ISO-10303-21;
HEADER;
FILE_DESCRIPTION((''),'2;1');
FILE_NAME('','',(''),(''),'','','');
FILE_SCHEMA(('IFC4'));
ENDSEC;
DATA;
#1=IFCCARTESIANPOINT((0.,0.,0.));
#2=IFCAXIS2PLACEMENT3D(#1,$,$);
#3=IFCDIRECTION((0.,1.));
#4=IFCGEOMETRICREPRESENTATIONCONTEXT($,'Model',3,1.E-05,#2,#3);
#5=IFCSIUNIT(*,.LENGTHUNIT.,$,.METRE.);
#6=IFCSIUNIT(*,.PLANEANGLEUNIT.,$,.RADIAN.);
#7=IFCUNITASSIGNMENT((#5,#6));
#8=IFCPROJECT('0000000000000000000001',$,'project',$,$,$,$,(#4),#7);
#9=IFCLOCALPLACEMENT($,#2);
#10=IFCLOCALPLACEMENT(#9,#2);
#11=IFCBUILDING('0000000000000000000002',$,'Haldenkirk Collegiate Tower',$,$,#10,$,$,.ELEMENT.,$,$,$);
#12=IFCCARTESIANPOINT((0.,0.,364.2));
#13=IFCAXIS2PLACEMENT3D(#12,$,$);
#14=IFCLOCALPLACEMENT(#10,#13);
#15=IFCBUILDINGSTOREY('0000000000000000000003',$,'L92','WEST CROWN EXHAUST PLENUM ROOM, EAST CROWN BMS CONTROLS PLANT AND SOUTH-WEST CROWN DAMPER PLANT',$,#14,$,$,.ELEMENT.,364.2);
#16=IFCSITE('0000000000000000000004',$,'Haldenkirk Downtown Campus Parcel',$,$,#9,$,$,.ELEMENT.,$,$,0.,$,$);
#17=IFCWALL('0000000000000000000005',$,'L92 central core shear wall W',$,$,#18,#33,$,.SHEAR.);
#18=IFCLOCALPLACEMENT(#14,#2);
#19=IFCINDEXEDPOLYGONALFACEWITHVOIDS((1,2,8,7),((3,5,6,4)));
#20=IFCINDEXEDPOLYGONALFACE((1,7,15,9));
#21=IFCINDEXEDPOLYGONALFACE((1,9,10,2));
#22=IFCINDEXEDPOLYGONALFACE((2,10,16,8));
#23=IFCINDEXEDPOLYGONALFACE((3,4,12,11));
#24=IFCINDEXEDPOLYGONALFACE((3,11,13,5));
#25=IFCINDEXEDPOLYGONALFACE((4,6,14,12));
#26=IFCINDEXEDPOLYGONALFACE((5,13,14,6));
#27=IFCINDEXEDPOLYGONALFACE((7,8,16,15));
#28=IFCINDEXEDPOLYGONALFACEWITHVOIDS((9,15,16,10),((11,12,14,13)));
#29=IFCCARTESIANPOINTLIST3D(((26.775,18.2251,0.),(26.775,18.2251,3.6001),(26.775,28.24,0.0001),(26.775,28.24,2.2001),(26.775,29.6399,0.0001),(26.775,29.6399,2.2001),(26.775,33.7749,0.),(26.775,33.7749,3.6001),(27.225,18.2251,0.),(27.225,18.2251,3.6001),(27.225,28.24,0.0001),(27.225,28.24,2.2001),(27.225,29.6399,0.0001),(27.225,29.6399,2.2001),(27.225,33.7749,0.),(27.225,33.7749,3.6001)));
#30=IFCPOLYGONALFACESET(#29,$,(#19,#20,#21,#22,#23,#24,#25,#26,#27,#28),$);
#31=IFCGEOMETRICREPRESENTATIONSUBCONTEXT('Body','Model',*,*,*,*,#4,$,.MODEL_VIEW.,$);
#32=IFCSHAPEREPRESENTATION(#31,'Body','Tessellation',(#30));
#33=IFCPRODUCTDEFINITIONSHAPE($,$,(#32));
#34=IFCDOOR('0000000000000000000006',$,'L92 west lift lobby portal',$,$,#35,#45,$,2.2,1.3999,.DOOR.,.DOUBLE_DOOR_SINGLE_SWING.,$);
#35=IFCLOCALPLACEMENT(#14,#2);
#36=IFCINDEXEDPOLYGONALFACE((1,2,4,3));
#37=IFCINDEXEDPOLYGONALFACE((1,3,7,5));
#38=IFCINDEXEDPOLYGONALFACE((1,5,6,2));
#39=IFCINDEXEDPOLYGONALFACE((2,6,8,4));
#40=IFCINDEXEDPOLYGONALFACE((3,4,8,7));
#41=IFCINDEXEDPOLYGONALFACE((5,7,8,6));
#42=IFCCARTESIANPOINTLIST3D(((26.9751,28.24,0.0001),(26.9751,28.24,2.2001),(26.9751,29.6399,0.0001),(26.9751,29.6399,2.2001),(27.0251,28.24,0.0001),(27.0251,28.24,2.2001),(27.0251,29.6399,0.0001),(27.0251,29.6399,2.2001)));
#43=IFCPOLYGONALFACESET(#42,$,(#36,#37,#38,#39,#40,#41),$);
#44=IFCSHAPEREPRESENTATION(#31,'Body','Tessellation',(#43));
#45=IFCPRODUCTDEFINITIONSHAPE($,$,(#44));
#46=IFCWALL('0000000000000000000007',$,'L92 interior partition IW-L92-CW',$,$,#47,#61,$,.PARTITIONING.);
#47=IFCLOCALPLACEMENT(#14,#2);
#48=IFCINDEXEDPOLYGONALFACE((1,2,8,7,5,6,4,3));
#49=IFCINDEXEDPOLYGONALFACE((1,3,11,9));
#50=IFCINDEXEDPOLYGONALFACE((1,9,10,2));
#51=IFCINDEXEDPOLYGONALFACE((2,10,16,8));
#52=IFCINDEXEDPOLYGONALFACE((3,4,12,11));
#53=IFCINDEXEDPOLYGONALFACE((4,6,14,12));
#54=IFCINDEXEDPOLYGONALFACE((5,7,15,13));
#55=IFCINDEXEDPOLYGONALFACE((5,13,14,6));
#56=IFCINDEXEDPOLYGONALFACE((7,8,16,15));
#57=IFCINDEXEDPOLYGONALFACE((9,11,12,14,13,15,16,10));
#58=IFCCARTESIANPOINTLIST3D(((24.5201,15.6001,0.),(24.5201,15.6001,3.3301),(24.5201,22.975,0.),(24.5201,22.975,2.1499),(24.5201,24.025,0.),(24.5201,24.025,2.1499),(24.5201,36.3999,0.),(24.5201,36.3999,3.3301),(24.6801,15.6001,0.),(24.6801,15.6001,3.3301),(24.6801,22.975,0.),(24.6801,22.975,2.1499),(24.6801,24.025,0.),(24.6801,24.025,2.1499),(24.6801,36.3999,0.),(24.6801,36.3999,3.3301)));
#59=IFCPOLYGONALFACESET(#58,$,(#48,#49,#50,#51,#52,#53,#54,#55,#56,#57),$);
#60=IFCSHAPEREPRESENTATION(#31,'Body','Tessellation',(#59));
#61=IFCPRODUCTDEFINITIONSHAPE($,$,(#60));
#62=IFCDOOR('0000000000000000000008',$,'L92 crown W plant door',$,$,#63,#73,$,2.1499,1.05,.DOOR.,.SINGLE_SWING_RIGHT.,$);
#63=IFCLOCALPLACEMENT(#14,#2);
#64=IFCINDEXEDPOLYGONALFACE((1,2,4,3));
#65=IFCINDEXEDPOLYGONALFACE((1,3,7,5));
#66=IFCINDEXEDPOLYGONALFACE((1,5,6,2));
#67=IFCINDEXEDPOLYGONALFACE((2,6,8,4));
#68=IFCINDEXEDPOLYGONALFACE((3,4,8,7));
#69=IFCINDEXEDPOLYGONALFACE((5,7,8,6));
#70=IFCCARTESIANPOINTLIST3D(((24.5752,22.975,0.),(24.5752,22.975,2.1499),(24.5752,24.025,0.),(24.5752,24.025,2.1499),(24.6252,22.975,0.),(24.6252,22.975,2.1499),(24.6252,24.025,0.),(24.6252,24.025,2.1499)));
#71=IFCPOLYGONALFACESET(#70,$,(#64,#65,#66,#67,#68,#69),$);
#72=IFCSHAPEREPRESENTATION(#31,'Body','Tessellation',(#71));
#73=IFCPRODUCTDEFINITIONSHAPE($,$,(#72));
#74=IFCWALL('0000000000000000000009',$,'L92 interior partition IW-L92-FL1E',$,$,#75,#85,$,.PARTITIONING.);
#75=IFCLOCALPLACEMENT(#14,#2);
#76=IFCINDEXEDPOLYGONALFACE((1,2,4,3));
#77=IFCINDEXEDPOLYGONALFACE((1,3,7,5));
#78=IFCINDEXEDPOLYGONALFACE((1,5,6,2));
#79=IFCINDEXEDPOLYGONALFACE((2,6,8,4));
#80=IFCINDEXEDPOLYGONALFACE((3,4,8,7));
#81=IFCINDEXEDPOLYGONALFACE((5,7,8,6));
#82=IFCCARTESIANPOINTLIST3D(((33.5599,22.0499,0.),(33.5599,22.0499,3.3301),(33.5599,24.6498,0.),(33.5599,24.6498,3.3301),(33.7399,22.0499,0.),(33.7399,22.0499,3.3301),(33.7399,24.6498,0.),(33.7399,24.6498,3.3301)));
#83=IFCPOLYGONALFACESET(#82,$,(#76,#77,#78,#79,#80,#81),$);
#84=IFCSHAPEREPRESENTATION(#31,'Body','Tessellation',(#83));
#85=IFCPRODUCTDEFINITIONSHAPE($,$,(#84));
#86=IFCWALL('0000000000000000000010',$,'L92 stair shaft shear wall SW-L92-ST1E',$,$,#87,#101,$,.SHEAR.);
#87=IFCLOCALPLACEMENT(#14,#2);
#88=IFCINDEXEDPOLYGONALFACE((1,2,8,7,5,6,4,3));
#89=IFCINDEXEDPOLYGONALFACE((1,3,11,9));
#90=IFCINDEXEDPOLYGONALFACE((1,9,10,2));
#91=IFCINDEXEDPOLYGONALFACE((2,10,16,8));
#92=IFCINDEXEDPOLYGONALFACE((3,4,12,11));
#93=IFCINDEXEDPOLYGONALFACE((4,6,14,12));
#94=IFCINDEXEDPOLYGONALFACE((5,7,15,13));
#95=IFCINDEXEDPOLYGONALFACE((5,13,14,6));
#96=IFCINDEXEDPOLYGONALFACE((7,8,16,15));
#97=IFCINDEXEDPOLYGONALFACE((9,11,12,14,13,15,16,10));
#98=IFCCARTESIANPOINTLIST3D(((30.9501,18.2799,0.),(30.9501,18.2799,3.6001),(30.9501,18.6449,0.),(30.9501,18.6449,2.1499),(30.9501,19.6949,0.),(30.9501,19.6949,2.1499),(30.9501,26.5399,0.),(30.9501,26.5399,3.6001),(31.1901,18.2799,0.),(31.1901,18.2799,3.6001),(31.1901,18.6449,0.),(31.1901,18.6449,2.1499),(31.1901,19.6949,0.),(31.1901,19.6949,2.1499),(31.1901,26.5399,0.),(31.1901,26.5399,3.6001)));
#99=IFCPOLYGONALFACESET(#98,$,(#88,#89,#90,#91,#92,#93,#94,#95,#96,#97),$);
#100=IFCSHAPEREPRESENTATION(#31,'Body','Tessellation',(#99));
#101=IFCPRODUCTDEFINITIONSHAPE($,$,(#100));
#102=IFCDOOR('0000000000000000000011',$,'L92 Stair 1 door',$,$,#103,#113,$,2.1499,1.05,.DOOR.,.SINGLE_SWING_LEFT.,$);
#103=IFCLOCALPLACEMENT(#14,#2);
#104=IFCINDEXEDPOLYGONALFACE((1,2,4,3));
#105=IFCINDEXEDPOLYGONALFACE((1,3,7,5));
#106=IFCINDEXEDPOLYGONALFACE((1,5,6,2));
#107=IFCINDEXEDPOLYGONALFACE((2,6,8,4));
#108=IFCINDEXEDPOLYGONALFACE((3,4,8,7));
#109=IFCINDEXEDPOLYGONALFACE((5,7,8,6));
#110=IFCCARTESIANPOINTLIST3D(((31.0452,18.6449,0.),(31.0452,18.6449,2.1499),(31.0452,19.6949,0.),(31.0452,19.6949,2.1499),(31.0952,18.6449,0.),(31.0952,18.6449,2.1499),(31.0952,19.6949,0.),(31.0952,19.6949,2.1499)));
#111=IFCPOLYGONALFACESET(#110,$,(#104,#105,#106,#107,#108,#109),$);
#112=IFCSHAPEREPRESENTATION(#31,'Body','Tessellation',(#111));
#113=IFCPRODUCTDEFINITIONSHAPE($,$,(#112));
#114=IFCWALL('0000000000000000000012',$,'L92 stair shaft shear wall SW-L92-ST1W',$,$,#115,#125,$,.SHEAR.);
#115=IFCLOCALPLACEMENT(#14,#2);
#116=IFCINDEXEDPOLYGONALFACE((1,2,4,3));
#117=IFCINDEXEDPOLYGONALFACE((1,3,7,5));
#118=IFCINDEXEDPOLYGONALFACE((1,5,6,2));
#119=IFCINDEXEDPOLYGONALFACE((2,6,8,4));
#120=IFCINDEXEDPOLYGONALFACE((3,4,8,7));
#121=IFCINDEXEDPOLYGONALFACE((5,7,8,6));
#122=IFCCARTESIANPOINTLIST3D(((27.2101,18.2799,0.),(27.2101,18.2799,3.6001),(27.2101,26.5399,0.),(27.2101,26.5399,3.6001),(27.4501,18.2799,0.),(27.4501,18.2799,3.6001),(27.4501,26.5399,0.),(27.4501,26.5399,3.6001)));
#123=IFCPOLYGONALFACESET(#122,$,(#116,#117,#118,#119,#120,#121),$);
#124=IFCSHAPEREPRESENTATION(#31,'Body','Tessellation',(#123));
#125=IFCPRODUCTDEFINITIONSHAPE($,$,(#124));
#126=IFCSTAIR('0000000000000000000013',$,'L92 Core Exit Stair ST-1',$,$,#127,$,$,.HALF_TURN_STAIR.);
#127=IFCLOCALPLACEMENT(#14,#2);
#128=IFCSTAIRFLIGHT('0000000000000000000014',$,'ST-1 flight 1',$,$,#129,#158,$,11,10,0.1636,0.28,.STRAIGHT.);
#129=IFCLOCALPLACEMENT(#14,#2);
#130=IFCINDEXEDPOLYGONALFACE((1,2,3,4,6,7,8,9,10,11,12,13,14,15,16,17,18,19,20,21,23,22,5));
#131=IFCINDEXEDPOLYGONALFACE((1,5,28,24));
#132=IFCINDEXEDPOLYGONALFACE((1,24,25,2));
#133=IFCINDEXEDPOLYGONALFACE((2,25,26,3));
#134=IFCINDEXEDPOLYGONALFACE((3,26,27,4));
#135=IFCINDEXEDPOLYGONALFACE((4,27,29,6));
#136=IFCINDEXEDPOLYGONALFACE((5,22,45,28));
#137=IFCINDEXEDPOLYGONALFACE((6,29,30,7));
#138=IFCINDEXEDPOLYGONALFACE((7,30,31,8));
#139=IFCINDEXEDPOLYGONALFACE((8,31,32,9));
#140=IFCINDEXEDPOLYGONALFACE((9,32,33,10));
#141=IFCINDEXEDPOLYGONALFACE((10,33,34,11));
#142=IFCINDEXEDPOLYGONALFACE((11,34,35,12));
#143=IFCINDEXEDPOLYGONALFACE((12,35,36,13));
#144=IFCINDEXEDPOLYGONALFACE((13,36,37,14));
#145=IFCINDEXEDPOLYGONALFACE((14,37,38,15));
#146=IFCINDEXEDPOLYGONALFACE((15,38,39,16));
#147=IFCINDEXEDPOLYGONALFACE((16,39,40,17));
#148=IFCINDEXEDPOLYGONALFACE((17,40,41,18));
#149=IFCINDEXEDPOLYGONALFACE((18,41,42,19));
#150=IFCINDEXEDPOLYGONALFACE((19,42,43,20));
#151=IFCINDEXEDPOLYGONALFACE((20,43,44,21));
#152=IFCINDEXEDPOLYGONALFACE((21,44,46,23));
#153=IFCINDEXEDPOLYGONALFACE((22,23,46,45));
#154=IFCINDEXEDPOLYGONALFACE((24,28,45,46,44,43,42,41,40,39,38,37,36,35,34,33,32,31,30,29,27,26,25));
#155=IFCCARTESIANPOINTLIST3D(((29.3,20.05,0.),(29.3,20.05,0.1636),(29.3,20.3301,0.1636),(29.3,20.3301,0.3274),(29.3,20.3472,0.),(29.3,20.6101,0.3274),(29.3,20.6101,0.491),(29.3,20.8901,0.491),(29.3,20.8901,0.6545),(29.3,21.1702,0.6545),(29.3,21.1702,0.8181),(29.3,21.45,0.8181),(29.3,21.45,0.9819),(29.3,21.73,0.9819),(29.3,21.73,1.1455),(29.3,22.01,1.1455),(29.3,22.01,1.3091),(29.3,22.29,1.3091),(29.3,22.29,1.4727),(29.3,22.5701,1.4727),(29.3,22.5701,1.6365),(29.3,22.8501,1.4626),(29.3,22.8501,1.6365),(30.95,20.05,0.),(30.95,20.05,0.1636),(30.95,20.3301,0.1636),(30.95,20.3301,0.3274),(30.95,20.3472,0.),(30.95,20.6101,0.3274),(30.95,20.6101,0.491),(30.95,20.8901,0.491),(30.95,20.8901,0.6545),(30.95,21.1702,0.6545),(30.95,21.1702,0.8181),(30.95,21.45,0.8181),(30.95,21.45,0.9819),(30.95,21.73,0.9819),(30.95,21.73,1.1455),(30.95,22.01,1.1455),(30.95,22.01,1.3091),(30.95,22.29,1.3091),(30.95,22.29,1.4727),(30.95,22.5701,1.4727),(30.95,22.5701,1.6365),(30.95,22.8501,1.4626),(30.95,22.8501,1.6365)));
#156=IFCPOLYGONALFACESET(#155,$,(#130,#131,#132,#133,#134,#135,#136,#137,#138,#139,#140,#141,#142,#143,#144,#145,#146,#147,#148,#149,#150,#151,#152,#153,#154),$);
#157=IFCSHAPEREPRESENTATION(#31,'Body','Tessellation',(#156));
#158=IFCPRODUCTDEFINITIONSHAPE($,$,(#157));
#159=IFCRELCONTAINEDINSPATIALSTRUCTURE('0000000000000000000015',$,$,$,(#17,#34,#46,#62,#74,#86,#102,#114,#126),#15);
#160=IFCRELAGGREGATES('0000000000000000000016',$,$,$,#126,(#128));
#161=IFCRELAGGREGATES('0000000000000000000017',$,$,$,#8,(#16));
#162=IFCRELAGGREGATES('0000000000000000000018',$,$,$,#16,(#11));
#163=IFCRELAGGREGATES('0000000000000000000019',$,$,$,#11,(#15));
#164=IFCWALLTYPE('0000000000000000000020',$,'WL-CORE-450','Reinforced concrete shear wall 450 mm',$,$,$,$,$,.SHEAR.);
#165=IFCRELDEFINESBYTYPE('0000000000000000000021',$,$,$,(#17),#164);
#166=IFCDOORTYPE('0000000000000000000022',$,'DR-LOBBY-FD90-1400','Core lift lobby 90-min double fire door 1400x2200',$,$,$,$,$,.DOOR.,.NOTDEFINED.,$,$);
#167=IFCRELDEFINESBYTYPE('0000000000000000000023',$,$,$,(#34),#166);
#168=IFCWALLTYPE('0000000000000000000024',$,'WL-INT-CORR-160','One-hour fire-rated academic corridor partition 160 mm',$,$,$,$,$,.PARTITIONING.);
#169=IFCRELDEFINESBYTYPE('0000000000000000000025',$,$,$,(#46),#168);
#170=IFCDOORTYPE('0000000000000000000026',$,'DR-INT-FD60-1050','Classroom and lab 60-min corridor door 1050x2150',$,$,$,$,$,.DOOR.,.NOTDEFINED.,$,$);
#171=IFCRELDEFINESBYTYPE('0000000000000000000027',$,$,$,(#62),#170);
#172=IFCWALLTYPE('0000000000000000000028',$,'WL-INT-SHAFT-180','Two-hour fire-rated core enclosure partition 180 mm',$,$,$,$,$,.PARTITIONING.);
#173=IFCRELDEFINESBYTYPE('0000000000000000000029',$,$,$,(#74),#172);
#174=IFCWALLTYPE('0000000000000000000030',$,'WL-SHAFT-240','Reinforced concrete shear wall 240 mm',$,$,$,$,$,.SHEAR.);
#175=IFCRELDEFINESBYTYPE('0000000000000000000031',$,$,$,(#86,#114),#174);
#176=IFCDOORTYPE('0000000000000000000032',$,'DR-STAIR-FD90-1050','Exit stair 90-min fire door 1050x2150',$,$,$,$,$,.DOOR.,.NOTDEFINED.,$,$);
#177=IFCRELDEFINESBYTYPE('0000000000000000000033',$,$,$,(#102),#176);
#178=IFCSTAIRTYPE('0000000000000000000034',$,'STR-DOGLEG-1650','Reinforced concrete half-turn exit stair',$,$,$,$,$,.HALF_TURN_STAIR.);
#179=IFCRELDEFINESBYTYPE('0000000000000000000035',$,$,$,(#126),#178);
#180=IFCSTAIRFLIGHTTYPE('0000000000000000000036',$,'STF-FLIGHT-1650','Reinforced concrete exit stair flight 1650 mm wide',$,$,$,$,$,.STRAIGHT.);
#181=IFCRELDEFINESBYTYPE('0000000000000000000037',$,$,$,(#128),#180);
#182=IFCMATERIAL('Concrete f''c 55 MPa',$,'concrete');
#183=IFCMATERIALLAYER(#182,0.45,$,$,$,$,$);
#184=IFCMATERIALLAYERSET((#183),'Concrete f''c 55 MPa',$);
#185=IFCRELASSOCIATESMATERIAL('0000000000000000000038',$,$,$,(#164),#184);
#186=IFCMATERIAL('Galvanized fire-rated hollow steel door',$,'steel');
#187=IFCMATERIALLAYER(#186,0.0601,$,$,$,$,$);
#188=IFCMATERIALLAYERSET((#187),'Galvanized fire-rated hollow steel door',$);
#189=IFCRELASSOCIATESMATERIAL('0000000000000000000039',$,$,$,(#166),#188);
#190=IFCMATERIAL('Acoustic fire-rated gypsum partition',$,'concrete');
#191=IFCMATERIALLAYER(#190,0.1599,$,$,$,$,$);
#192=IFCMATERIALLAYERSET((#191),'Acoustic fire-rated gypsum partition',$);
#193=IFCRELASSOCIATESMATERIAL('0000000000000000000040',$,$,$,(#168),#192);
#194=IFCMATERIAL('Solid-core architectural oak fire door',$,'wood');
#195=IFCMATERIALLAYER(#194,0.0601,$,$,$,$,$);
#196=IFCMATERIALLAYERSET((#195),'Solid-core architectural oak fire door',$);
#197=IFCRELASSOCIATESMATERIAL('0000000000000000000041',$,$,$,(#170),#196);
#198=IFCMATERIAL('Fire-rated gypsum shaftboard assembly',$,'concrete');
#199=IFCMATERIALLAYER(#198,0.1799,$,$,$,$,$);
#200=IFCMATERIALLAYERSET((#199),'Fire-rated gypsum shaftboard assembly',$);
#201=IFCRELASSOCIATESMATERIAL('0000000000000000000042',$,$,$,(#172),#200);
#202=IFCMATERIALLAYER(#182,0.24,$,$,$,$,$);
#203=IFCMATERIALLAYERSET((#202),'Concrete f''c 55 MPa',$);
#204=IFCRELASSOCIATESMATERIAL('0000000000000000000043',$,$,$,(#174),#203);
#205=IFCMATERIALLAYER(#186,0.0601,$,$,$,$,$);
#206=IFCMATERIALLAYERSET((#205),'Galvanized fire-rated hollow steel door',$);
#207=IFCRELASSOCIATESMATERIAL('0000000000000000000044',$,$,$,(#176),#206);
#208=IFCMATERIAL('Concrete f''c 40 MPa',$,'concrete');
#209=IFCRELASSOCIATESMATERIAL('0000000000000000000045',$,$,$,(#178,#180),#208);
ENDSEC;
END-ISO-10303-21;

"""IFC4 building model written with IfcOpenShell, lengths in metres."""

from ifc_helpers import new_model, si_unit, direction, frame, frame_2d, origin, place, context, subcontext, project, spatial, polyline, rectangle, outline, extrude, material, layer, layer_set, type_object, element, fill, aggregate, save


model = new_model("IFC4")

# Units and contexts
model_context = context("Model", 3, precision=1e-05, world=origin(), true_north=direction((0.0, 1.0)))
body_context = subcontext(model_context, "Body", "Model", "MODEL_VIEW")
ifc_project = project(units=[si_unit("LENGTHUNIT", "METRE"), si_unit("PLANEANGLEUNIT", "RADIAN")], contexts=[model_context])

# Site, building, storey
site_placement = place(None, origin())
site = spatial("IfcSite", under=ifc_project, at=site_placement, Name="Haldenkirk Downtown Campus Parcel", CompositionType="ELEMENT", RefElevation=0.0)
building_placement = place(site_placement, origin())
building = spatial("IfcBuilding", under=site, at=building_placement, Name="Haldenkirk Collegiate Tower", CompositionType="ELEMENT")
storey_placement = place(building_placement, frame((0.0, 0.0, 364.2)))
storey = spatial("IfcBuildingStorey", under=building, at=storey_placement, Name="L92", Description="WEST CROWN EXHAUST PLENUM ROOM, EAST CROWN BMS CONTROLS PLANT AND SOUTH-WEST CROWN DAMPER PLANT", CompositionType="ELEMENT", Elevation=364.2)

# Shared definitions
ifc_material_1 = material(Name="Concrete f'c 55 MPa", Category="concrete")
ifc_layer_1 = layer(ifc_material_1, 0.45)
ifc_layer_set_1 = layer_set([ifc_layer_1], Name="Concrete f'c 55 MPa")
wall_type_1 = type_object("IfcWallType", Name="WL-CORE-450", Description="Reinforced concrete shear wall 450 mm", PredefinedType="SHEAR", material=ifc_layer_set_1)
ifc_material_2 = material(Name="Galvanized fire-rated hollow steel door", Category="steel")

# Walls, openings, doors
wall_1_placement = place(storey_placement, frame((27.0, 18.2251, 0.0), z_axis=(0.0, 0.0, 1.0), x_axis=(0.0, 1.0, 0.0)))
wall_1 = element("IfcWall", 1, at=wall_1_placement, inside=storey, type_object=wall_type_1, Name="L92 central core shear wall W", PredefinedType="SHEAR", context=body_context, shape_type="SweptSolid", body=[
    extrude(rectangle(XDim=15.5498, YDim=0.45, at=frame_2d((7.7749, 0.0))), origin(), (0.0, 0.0, 1.0), 3.6001),
])
opening_1_placement = place(wall_1_placement, frame((10.0149, 0.0, 0.0)))
opening_1 = element("IfcOpeningElement", 2, at=opening_1_placement, cuts=wall_1, PredefinedType="OPENING", context=body_context, shape_type="SweptSolid", body=[
    extrude(rectangle(XDim=1.3999, YDim=2.2, at=frame_2d((0.7, 1.1001))), frame((0.0, 0.2349, 0.0), z_axis=(0.0, -1.0, 0.0), x_axis=(1.0, 0.0, 0.0)), (0.0, 0.0, 1.0), 0.47),
])
ifc_layer_2 = layer(ifc_material_2, 0.0601)
ifc_layer_set_2 = layer_set([ifc_layer_2], Name="Galvanized fire-rated hollow steel door")
door_type_1 = type_object("IfcDoorType", Name="DR-LOBBY-FD90-1400", Description="Core lift lobby 90-min double fire door 1400x2200", OperationType="NOTDEFINED", PredefinedType="DOOR", material=ifc_layer_set_2)
door_1_placement = place(opening_1_placement, origin())
door_1 = element("IfcDoor", 3, at=door_1_placement, inside=storey, type_object=door_type_1, Name="L92 west lift lobby portal", OperationType="DOUBLE_DOOR_SINGLE_SWING", OverallHeight=2.2, OverallWidth=1.3999, PredefinedType="DOOR", context=body_context, shape_type="SweptSolid", body=[
    extrude(rectangle(XDim=1.3999, YDim=2.2, at=frame_2d((0.7, 1.1001))), frame((0.0, 0.0249, 0.0), z_axis=(0.0, -1.0, 0.0), x_axis=(1.0, 0.0, 0.0)), (0.0, 0.0, 1.0), 0.05),
])
fill(opening_1, door_1)
ifc_material_3 = material(Name="Acoustic fire-rated gypsum partition", Category="concrete")
ifc_layer_3 = layer(ifc_material_3, 0.1599)
ifc_layer_set_3 = layer_set([ifc_layer_3], Name="Acoustic fire-rated gypsum partition")
wall_type_2 = type_object("IfcWallType", Name="WL-INT-CORR-160", Description="One-hour fire-rated academic corridor partition 160 mm", PredefinedType="PARTITIONING", material=ifc_layer_set_3)
wall_2_placement = place(storey_placement, frame((24.6001, 15.6001, 0.0), z_axis=(0.0, 0.0, 1.0), x_axis=(0.0, 1.0, 0.0)))
wall_2 = element("IfcWall", 4, at=wall_2_placement, inside=storey, type_object=wall_type_2, Name="L92 interior partition IW-L92-CW", PredefinedType="PARTITIONING", context=body_context, shape_type="SweptSolid", body=[
    extrude(rectangle(XDim=20.7998, YDim=0.1599, at=frame_2d((10.3999, 0.0))), origin(), (0.0, 0.0, 1.0), 3.3301),
])
opening_2_placement = place(wall_2_placement, frame((7.375, 0.0, 0.0)))
opening_2 = element("IfcOpeningElement", 5, at=opening_2_placement, cuts=wall_2, PredefinedType="OPENING", context=body_context, shape_type="SweptSolid", body=[
    extrude(rectangle(XDim=1.05, YDim=2.1499, at=frame_2d((0.5249, 1.075))), frame((0.0, 0.0898, 0.0), z_axis=(0.0, -1.0, 0.0), x_axis=(1.0, 0.0, 0.0)), (0.0, 0.0, 1.0), 0.1799),
])
ifc_material_4 = material(Name="Solid-core architectural oak fire door", Category="wood")
ifc_layer_4 = layer(ifc_material_4, 0.0601)
ifc_layer_set_4 = layer_set([ifc_layer_4], Name="Solid-core architectural oak fire door")
door_type_2 = type_object("IfcDoorType", Name="DR-INT-FD60-1050", Description="Classroom and lab 60-min corridor door 1050x2150", OperationType="NOTDEFINED", PredefinedType="DOOR", material=ifc_layer_set_4)
door_2_placement = place(opening_2_placement, origin())
door_2 = element("IfcDoor", 6, at=door_2_placement, inside=storey, type_object=door_type_2, Name="L92 crown W plant door", OperationType="SINGLE_SWING_RIGHT", OverallHeight=2.1499, OverallWidth=1.05, PredefinedType="DOOR", context=body_context, shape_type="SweptSolid", body=[
    extrude(rectangle(XDim=1.05, YDim=2.1499, at=frame_2d((0.5249, 1.075))), frame((0.0, 0.0249, 0.0), z_axis=(0.0, -1.0, 0.0), x_axis=(1.0, 0.0, 0.0)), (0.0, 0.0, 1.0), 0.05),
])
fill(opening_2, door_2)

# Wall
ifc_material_5 = material(Name="Fire-rated gypsum shaftboard assembly", Category="concrete")
ifc_layer_5 = layer(ifc_material_5, 0.1799)
ifc_layer_set_5 = layer_set([ifc_layer_5], Name="Fire-rated gypsum shaftboard assembly")
wall_type_3 = type_object("IfcWallType", Name="WL-INT-SHAFT-180", Description="Two-hour fire-rated core enclosure partition 180 mm", PredefinedType="PARTITIONING", material=ifc_layer_set_5)
wall_3_placement = place(storey_placement, frame((33.6499, 22.05, 0.0), z_axis=(0.0, 0.0, 1.0), x_axis=(0.0, 1.0, 0.0)))
element("IfcWall", 7, at=wall_3_placement, inside=storey, type_object=wall_type_3, Name="L92 interior partition IW-L92-FL1E", PredefinedType="PARTITIONING", context=body_context, shape_type="SweptSolid", body=[
    extrude(rectangle(XDim=2.5999, YDim=0.1799, at=frame_2d((1.2998, 0.0))), origin(), (0.0, 0.0, 1.0), 3.3301),
])

# Wall, opening, door
ifc_layer_6 = layer(ifc_material_1, 0.24)
ifc_layer_set_6 = layer_set([ifc_layer_6], Name="Concrete f'c 55 MPa")
wall_type_4 = type_object("IfcWallType", Name="WL-SHAFT-240", Description="Reinforced concrete shear wall 240 mm", PredefinedType="SHEAR", material=ifc_layer_set_6)
wall_4_placement = place(storey_placement, frame((31.0701, 18.28, 0.0), z_axis=(0.0, 0.0, 1.0), x_axis=(0.0, 1.0, 0.0)))
wall_4 = element("IfcWall", 8, at=wall_4_placement, inside=storey, type_object=wall_type_4, Name="L92 stair shaft shear wall SW-L92-ST1E", PredefinedType="SHEAR", context=body_context, shape_type="SweptSolid", body=[
    extrude(rectangle(XDim=8.26, YDim=0.24, at=frame_2d((4.1299, 0.0))), origin(), (0.0, 0.0, 1.0), 3.6001),
])
opening_3_placement = place(wall_4_placement, frame((0.365, 0.0, 0.0)))
opening_3 = element("IfcOpeningElement", 9, at=opening_3_placement, cuts=wall_4, PredefinedType="OPENING", context=body_context, shape_type="SweptSolid", body=[
    extrude(rectangle(XDim=1.05, YDim=2.1499, at=frame_2d((0.5249, 1.075))), frame((0.0, 0.1299, 0.0), z_axis=(0.0, -1.0, 0.0), x_axis=(1.0, 0.0, 0.0)), (0.0, 0.0, 1.0), 0.26),
])
ifc_layer_7 = layer(ifc_material_2, 0.0601)
ifc_layer_set_7 = layer_set([ifc_layer_7], Name="Galvanized fire-rated hollow steel door")
door_type_3 = type_object("IfcDoorType", Name="DR-STAIR-FD90-1050", Description="Exit stair 90-min fire door 1050x2150", OperationType="NOTDEFINED", PredefinedType="DOOR", material=ifc_layer_set_7)
door_3_placement = place(opening_3_placement, origin())
door_3 = element("IfcDoor", 10, at=door_3_placement, inside=storey, type_object=door_type_3, Name="L92 Stair 1 door", OperationType="SINGLE_SWING_LEFT", OverallHeight=2.1499, OverallWidth=1.05, PredefinedType="DOOR", context=body_context, shape_type="SweptSolid", body=[
    extrude(rectangle(XDim=1.05, YDim=2.1499, at=frame_2d((0.5249, 1.075))), frame((0.0, 0.0249, 0.0), z_axis=(0.0, -1.0, 0.0), x_axis=(1.0, 0.0, 0.0)), (0.0, 0.0, 1.0), 0.05),
])
fill(opening_3, door_3)

# Wall
wall_5_placement = place(storey_placement, frame((27.3301, 18.28, 0.0), z_axis=(0.0, 0.0, 1.0), x_axis=(0.0, 1.0, 0.0)))
element("IfcWall", 11, at=wall_5_placement, inside=storey, type_object=wall_type_4, Name="L92 stair shaft shear wall SW-L92-ST1W", PredefinedType="SHEAR", context=body_context, shape_type="SweptSolid", body=[
    extrude(rectangle(XDim=8.26, YDim=0.24, at=frame_2d((4.1299, 0.0))), origin(), (0.0, 0.0, 1.0), 3.6001),
])

# Stair, stair flight
ifc_material_6 = material(Name="Concrete f'c 40 MPa", Category="concrete")
stair_type = type_object("IfcStairType", Name="STR-DOGLEG-1650", Description="Reinforced concrete half-turn exit stair", PredefinedType="HALF_TURN_STAIR", material=ifc_material_6)
stair_placement = place(storey_placement, origin())
stair = element("IfcStair", 12, at=stair_placement, inside=storey, type_object=stair_type, Name="L92 Core Exit Stair ST-1", PredefinedType="HALF_TURN_STAIR")
stair_flight_type = type_object("IfcStairFlightType", Name="STF-FLIGHT-1650", Description="Reinforced concrete exit stair flight 1650 mm wide", PredefinedType="STRAIGHT", material=ifc_material_6)
stair_flight_1_placement = place(storey_placement, frame((30.125, 20.05, 0.0), z_axis=(0.0, 0.0, 1.0), x_axis=(0.0, 1.0, 0.0)))
stair_flight_1 = element("IfcStairFlight", 13, at=stair_flight_1_placement, type_object=stair_flight_type, Name="ST-1 flight 1", NumberOfRisers=11, NumberOfTreads=10, PredefinedType="STRAIGHT", RiserHeight=0.1636, TreadLength=0.28, context=body_context, shape_type="SweptSolid", body=[
    extrude(outline(polyline([(0.0, 0.0), (0.0, 0.1636), (0.28, 0.1636), (0.28, 0.3274), (0.5601, 0.3274), (0.5601, 0.491), (0.8401, 0.491), (0.8401, 0.6545), (1.1201, 0.6545), (1.1201, 0.8181), (1.3999, 0.8181), (1.3999, 0.9819), (1.6799, 0.9819), (1.6799, 1.1455), (1.96, 1.1455), (1.96, 1.3091), (2.24, 1.3091), (2.24, 1.4727), (2.52, 1.4727), (2.52, 1.6365), (2.8, 1.6365), (2.8, 1.8), (2.8, 1.4626), (0.2971, 0.0), (0.0, 0.0)])), frame((0.0, 0.825, 0.0), z_axis=(0.0, -1.0, 0.0), x_axis=(1.0, 0.0, 0.0)), (0.0, 0.0, 1.0), 1.6499),
])
aggregate(stair, [stair_flight_1])

save(model, "model.ifc")
